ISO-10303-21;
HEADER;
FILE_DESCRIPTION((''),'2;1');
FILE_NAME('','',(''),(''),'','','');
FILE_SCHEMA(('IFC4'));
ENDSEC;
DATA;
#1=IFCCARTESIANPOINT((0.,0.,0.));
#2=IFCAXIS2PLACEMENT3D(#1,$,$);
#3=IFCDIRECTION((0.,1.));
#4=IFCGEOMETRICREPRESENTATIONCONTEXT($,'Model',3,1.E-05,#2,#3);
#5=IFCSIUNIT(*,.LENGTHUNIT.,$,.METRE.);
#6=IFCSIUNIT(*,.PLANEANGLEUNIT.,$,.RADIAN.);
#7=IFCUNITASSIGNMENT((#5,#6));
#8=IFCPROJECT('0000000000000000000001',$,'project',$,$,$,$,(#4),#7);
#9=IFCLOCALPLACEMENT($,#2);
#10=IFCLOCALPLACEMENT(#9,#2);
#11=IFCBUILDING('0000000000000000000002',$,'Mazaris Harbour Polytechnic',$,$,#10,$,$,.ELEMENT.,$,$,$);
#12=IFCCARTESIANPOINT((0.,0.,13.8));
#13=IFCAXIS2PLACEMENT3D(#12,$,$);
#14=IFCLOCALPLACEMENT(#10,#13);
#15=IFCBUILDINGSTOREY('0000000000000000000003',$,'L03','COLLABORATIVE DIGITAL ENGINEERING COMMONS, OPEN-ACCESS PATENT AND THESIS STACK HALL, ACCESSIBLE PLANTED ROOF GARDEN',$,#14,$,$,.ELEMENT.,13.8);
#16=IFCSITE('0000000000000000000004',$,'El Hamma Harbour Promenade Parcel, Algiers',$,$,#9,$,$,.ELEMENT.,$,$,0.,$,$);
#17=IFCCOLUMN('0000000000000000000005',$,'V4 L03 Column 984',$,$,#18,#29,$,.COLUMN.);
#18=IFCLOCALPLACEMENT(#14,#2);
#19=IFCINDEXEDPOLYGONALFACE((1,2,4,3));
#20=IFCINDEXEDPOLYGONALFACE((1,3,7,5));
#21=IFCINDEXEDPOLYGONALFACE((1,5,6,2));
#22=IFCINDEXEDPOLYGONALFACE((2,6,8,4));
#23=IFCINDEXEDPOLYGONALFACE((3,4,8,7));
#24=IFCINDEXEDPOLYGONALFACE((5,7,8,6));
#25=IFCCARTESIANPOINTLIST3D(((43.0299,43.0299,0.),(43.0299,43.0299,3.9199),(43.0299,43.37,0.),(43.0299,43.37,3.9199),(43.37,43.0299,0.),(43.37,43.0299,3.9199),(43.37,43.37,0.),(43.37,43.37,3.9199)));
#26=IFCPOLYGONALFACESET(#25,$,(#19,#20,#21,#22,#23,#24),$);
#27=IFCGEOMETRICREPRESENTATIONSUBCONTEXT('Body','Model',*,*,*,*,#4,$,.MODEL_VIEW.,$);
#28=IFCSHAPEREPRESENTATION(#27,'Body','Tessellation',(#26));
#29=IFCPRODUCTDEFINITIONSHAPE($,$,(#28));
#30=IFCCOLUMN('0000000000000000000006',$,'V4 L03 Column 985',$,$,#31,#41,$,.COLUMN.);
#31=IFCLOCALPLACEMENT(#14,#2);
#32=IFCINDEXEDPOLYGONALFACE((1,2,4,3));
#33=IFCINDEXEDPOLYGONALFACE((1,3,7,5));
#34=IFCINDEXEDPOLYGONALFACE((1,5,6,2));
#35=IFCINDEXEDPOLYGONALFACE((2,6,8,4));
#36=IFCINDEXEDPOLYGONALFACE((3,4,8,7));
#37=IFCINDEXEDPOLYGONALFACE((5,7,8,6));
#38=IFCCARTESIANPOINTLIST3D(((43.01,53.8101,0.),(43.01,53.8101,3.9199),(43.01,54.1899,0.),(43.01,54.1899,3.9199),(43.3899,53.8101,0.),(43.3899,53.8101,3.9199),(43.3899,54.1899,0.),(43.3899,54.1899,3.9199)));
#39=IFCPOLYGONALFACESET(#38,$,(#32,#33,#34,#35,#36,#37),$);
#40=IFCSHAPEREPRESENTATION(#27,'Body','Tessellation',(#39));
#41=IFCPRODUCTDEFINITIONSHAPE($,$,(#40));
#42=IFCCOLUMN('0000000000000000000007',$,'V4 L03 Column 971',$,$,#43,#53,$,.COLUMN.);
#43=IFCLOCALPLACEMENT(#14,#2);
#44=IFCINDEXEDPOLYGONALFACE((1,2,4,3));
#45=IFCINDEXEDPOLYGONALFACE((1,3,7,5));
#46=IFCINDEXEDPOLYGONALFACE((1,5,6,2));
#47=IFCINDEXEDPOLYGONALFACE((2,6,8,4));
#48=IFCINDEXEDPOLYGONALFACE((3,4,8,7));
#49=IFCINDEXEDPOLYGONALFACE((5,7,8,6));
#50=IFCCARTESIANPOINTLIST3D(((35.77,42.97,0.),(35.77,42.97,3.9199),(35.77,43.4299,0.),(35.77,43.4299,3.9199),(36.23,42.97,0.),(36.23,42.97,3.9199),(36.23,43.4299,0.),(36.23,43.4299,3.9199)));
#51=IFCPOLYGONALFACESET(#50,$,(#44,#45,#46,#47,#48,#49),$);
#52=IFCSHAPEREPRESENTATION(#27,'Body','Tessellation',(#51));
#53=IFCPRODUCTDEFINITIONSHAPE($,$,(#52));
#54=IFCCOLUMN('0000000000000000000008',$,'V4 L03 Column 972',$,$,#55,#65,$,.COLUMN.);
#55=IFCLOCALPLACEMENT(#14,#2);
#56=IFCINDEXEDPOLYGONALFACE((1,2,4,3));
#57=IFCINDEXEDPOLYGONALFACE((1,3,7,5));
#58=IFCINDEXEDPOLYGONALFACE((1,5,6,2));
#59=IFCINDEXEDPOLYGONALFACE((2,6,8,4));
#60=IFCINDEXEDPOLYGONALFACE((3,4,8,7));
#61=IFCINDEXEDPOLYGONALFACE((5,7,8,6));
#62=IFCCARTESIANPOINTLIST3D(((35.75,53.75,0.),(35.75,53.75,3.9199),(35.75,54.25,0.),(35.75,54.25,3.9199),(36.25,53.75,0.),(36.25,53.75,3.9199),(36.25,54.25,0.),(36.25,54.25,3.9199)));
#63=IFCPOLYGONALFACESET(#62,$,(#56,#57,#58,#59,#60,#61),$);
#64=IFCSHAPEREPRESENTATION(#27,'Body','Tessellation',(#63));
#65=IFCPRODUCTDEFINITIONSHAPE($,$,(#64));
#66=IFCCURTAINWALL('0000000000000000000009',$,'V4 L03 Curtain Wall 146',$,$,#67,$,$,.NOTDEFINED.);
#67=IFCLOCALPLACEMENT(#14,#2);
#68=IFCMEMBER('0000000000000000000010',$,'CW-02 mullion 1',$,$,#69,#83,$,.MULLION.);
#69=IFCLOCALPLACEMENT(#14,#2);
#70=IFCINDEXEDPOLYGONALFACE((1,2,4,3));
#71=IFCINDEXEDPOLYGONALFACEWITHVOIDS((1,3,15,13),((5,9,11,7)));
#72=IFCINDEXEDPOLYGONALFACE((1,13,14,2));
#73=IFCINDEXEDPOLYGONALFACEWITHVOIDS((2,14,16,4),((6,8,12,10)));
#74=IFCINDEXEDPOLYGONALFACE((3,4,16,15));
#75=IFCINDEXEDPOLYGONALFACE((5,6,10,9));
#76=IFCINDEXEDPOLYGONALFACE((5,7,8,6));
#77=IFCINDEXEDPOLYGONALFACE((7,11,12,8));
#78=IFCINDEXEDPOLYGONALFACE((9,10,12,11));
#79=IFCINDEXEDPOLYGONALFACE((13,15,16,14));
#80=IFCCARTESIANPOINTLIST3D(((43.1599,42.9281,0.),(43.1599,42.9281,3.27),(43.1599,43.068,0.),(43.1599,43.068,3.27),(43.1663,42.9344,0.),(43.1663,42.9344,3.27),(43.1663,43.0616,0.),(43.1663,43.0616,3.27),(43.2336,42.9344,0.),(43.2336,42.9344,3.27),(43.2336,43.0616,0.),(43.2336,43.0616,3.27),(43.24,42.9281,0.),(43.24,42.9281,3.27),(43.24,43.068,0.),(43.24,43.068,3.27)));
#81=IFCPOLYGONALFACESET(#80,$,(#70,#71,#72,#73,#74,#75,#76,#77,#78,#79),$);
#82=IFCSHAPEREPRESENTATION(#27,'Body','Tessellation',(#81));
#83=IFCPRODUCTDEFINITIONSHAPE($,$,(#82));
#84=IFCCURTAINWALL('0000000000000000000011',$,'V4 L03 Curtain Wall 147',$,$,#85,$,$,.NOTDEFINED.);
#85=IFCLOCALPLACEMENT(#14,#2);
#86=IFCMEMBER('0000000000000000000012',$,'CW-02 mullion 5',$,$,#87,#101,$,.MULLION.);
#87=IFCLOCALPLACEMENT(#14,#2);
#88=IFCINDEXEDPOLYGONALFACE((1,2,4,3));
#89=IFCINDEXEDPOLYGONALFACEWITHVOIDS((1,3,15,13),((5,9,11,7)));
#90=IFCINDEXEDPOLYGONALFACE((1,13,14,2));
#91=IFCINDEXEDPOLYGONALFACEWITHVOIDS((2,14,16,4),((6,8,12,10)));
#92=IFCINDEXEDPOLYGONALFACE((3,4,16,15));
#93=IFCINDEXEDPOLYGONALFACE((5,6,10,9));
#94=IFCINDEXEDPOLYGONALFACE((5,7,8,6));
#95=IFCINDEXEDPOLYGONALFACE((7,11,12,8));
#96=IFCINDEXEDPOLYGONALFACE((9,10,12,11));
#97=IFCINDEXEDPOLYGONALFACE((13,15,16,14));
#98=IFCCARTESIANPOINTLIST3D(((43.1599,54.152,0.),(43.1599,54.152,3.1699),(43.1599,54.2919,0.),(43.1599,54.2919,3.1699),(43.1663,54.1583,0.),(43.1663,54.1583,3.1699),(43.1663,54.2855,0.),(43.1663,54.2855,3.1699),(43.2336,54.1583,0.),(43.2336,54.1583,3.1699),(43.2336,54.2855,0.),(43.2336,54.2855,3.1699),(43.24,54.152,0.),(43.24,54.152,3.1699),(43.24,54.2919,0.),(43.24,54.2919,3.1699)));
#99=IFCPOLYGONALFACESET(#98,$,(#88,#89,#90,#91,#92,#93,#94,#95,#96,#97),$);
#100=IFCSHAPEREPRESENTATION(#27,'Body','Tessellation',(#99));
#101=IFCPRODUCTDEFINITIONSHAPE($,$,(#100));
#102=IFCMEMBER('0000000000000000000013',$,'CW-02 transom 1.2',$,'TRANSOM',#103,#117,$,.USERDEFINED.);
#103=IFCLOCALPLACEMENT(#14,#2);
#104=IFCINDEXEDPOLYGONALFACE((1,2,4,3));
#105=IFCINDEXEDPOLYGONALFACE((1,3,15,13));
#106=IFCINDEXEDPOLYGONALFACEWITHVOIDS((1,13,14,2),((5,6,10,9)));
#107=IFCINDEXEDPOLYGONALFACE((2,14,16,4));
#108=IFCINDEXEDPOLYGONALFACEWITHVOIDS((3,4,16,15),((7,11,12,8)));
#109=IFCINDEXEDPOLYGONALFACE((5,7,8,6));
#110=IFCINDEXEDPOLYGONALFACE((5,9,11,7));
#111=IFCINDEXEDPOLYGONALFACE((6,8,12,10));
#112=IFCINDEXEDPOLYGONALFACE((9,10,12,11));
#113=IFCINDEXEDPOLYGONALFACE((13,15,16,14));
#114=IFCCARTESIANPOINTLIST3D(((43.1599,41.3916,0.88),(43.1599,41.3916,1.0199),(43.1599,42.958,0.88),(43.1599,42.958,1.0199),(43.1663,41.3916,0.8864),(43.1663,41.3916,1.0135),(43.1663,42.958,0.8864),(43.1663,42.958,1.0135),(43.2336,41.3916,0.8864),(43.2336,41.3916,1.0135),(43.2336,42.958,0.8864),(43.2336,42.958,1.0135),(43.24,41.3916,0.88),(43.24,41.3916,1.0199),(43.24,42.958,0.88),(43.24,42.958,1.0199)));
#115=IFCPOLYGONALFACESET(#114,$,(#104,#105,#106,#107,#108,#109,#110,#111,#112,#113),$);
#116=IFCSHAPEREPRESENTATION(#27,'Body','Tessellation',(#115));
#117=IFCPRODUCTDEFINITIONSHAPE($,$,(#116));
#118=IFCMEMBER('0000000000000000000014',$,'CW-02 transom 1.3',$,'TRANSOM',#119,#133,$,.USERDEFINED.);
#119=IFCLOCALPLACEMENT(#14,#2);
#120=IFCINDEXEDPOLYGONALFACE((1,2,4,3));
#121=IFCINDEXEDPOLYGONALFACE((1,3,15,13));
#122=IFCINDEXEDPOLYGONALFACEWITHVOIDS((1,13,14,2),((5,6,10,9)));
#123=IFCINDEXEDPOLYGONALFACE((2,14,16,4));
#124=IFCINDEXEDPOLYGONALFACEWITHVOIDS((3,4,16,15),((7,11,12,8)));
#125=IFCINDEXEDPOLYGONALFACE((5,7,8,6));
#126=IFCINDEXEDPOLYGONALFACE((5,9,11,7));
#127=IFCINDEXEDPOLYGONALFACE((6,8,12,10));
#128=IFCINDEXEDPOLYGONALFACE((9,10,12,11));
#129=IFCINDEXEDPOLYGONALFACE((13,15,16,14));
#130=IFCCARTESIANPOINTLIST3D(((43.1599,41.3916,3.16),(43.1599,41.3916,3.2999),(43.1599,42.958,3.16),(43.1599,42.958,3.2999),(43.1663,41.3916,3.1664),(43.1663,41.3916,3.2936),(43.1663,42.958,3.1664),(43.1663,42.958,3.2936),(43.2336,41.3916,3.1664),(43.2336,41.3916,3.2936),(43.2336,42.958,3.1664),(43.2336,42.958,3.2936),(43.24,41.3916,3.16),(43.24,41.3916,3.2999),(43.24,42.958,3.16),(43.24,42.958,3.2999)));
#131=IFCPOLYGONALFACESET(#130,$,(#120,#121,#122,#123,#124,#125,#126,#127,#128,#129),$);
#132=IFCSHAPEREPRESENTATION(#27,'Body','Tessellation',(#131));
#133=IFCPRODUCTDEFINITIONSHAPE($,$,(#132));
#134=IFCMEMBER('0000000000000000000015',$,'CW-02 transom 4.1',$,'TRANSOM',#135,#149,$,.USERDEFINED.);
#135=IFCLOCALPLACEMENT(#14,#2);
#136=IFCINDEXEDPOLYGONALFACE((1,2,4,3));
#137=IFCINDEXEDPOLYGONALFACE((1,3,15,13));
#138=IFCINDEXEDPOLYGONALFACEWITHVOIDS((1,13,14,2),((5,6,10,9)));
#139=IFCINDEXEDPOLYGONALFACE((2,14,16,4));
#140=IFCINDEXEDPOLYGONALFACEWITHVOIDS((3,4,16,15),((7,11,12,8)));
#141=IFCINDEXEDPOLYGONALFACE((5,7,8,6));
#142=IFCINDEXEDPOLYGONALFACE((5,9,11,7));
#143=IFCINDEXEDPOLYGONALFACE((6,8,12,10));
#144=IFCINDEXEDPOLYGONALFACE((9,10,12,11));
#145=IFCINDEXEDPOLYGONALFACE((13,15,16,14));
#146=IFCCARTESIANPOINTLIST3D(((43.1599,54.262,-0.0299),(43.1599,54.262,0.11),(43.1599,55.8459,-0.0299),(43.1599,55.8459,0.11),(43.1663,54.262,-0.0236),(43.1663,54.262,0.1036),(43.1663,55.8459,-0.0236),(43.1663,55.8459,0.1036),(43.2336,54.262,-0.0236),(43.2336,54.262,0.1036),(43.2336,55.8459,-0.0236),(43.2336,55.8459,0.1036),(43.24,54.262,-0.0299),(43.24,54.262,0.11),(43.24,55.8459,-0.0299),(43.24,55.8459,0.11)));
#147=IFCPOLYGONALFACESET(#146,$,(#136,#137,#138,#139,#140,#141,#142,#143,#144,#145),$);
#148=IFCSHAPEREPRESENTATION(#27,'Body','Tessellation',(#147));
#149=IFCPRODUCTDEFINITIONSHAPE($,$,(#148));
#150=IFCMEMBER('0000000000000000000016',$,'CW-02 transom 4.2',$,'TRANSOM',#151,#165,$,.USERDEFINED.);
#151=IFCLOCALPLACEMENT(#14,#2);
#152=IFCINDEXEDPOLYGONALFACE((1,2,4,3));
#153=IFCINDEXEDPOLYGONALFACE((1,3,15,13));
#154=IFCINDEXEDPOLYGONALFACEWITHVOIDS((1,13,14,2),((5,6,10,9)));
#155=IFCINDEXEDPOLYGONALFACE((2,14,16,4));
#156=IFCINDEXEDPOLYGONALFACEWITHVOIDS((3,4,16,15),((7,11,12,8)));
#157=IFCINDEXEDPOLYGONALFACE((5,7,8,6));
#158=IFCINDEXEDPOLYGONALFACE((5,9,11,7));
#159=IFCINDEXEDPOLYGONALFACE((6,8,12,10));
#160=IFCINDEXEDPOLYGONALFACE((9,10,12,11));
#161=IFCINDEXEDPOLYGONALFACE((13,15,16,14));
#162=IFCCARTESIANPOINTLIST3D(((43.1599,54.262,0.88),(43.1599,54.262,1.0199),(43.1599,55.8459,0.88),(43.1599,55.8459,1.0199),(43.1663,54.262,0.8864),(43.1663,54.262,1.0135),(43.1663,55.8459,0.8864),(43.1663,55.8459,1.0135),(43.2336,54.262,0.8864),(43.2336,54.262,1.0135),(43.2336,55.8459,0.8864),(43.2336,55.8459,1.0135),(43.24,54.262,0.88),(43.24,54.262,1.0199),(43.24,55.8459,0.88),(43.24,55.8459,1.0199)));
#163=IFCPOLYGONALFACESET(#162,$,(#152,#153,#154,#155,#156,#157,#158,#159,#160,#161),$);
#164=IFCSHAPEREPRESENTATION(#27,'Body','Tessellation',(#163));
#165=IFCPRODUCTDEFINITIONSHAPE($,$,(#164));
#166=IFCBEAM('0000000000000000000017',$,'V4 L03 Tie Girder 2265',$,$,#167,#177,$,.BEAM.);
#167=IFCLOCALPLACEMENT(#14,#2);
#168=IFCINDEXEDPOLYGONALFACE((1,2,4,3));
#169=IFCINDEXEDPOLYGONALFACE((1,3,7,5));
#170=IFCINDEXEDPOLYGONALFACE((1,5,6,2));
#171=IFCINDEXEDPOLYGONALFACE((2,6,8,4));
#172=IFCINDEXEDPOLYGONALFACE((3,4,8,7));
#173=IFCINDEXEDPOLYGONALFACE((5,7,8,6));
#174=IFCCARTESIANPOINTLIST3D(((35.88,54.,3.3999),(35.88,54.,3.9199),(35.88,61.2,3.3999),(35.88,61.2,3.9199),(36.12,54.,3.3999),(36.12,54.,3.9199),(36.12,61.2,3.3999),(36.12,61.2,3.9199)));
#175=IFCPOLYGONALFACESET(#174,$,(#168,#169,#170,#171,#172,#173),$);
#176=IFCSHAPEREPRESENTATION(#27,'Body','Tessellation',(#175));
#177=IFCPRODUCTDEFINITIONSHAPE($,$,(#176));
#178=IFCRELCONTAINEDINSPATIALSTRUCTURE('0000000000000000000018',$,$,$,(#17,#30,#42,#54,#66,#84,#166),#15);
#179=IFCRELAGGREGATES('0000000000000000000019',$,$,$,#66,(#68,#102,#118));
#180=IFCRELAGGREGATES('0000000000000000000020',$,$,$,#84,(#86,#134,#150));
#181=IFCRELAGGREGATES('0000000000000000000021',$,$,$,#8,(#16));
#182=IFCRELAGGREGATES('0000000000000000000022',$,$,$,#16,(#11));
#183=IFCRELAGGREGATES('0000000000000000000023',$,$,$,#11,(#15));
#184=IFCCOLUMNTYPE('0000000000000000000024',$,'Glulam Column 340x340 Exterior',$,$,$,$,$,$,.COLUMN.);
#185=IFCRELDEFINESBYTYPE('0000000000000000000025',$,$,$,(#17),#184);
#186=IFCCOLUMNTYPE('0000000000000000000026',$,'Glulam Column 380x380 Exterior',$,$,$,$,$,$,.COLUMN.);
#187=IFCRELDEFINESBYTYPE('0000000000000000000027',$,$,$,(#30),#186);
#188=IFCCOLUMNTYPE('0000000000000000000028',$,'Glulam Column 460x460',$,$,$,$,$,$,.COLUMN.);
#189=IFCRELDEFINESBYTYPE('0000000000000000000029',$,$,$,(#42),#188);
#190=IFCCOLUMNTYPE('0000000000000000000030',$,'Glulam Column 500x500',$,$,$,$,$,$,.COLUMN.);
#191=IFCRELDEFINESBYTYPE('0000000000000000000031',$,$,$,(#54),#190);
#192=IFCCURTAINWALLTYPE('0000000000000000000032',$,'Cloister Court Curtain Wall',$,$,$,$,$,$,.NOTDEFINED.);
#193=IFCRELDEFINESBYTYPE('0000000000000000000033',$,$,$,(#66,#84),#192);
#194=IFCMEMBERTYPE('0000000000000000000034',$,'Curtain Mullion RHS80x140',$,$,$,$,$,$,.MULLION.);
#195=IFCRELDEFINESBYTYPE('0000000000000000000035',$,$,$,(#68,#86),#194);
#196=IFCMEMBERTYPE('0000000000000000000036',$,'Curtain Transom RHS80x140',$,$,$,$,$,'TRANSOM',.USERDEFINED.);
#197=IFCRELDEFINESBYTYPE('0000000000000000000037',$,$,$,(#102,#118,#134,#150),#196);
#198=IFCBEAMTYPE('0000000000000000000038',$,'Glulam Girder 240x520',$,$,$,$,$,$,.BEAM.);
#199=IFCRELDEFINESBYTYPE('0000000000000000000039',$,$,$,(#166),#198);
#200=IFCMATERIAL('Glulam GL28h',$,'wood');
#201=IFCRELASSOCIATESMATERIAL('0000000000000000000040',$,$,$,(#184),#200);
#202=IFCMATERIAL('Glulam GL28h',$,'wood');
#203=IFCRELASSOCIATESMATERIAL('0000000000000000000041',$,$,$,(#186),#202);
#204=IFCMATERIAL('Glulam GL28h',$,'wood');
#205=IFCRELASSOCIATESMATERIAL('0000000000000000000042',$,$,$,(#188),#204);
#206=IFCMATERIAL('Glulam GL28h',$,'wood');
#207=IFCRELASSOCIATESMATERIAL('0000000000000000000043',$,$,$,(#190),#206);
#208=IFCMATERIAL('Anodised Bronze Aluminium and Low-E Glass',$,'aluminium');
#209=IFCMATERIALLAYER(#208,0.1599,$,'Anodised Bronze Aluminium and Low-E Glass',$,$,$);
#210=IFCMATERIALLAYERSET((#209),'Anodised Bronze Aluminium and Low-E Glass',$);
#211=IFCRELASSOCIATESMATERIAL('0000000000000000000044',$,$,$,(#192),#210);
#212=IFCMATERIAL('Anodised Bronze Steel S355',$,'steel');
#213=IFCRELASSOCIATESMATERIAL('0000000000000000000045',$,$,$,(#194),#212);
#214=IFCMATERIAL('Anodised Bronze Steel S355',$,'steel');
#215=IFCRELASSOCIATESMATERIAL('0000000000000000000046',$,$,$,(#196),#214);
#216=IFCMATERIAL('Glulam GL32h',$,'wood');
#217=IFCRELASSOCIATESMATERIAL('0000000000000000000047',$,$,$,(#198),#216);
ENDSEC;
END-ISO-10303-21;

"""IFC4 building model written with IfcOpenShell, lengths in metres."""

from ifc_helpers import new_model, si_unit, direction, frame, origin, origin_2d, place, context, subcontext, project, spatial, rectangle, hollow_rectangle, extrude, material, layer, layer_set, material_profile, profile_set, type_object, element, aggregate, save


model = new_model("IFC4")

# Units and contexts
model_context = context("Model", 3, precision=1e-05, world=origin(), true_north=direction((0.0, 1.0)))
body_context = subcontext(model_context, "Body", "Model", "MODEL_VIEW")
ifc_project = project(units=[si_unit("LENGTHUNIT", "METRE"), si_unit("PLANEANGLEUNIT", "RADIAN")], contexts=[model_context])

# Site, building, storey
site_placement = place(None, origin())
site = spatial("IfcSite", under=ifc_project, at=site_placement, Name="El Hamma Harbour Promenade Parcel, Algiers", CompositionType="ELEMENT", RefElevation=0.0)
building_placement = place(site_placement, origin())
building = spatial("IfcBuilding", under=site, at=building_placement, Name="Mazaris Harbour Polytechnic", CompositionType="ELEMENT")
storey_placement = place(building_placement, frame((0.0, 0.0, 13.8)))
storey = spatial("IfcBuildingStorey", under=building, at=storey_placement, Name="L03", Description="COLLABORATIVE DIGITAL ENGINEERING COMMONS, OPEN-ACCESS PATENT AND THESIS STACK HALL, ACCESSIBLE PLANTED ROOF GARDEN", CompositionType="ELEMENT", Elevation=13.8)

# Columns
ifc_material_1 = material(Name="Glulam GL28h", Category="wood")
ifc_material_profile_1 = material_profile(ifc_material_1, rectangle(XDim=0.3401, YDim=0.3401, at=origin_2d()), Name="RECT340x340")
ifc_profile_set_1 = profile_set([ifc_material_profile_1], Name="Glulam GL28h")
column_type_1 = type_object("IfcColumnType", Name="Glulam Column 340x340 Exterior", PredefinedType="COLUMN", material=ifc_profile_set_1)
column_1_placement = place(storey_placement, frame((43.2, 43.2, 0.0), z_axis=(0.0, 0.0, 1.0), x_axis=(1.0, 0.0, 0.0)))
element("IfcColumn", 1, at=column_1_placement, inside=storey, type_object=column_type_1, Name="V4 L03 Column 984", PredefinedType="COLUMN", context=body_context, shape_type="SweptSolid", body=[
    extrude(rectangle(XDim=0.3401, YDim=0.3401, at=origin_2d()), origin(), (0.0, 0.0, 1.0), 3.9199),
])
ifc_material_2 = material(Name="Glulam GL28h", Category="wood")
ifc_material_profile_2 = material_profile(ifc_material_2, rectangle(XDim=0.3799, YDim=0.3799, at=origin_2d()), Name="RECT380x380")
ifc_profile_set_2 = profile_set([ifc_material_profile_2], Name="Glulam GL28h")
column_type_2 = type_object("IfcColumnType", Name="Glulam Column 380x380 Exterior", PredefinedType="COLUMN", material=ifc_profile_set_2)
column_2_placement = place(storey_placement, frame((43.2, 54.0, 0.0), z_axis=(0.0, 0.0, 1.0), x_axis=(1.0, 0.0, 0.0)))
element("IfcColumn", 2, at=column_2_placement, inside=storey, type_object=column_type_2, Name="V4 L03 Column 985", PredefinedType="COLUMN", context=body_context, shape_type="SweptSolid", body=[
    extrude(rectangle(XDim=0.3799, YDim=0.3799, at=origin_2d()), origin(), (0.0, 0.0, 1.0), 3.9199),
])
ifc_material_3 = material(Name="Glulam GL28h", Category="wood")
ifc_material_profile_3 = material_profile(ifc_material_3, rectangle(XDim=0.46, YDim=0.46, at=origin_2d()), Name="RECT460x460")
ifc_profile_set_3 = profile_set([ifc_material_profile_3], Name="Glulam GL28h")
column_type_3 = type_object("IfcColumnType", Name="Glulam Column 460x460", PredefinedType="COLUMN", material=ifc_profile_set_3)
column_3_placement = place(storey_placement, frame((36.0, 43.2, 0.0), z_axis=(0.0, 0.0, 1.0), x_axis=(1.0, 0.0, 0.0)))
element("IfcColumn", 3, at=column_3_placement, inside=storey, type_object=column_type_3, Name="V4 L03 Column 971", PredefinedType="COLUMN", context=body_context, shape_type="SweptSolid", body=[
    extrude(rectangle(XDim=0.46, YDim=0.46, at=origin_2d()), origin(), (0.0, 0.0, 1.0), 3.9199),
])
ifc_material_4 = material(Name="Glulam GL28h", Category="wood")
ifc_material_profile_4 = material_profile(ifc_material_4, rectangle(XDim=0.5, YDim=0.5, at=origin_2d()), Name="RECT500x500")
ifc_profile_set_4 = profile_set([ifc_material_profile_4], Name="Glulam GL28h")
column_type_4 = type_object("IfcColumnType", Name="Glulam Column 500x500", PredefinedType="COLUMN", material=ifc_profile_set_4)
column_4_placement = place(storey_placement, frame((36.0, 54.0, 0.0), z_axis=(0.0, 0.0, 1.0), x_axis=(1.0, 0.0, 0.0)))
element("IfcColumn", 4, at=column_4_placement, inside=storey, type_object=column_type_4, Name="V4 L03 Column 972", PredefinedType="COLUMN", context=body_context, shape_type="SweptSolid", body=[
    extrude(rectangle(XDim=0.5, YDim=0.5, at=origin_2d()), origin(), (0.0, 0.0, 1.0), 3.9199),
])

# Curtain walls, members
ifc_material_5 = material(Name="Anodised Bronze Aluminium and Low-E Glass", Category="aluminium")
ifc_layer_1 = layer(ifc_material_5, 0.1599, Name="Anodised Bronze Aluminium and Low-E Glass")
ifc_layer_set_1 = layer_set([ifc_layer_1], Name="Anodised Bronze Aluminium and Low-E Glass")
curtain_wall_type = type_object("IfcCurtainWallType", Name="Cloister Court Curtain Wall", PredefinedType="NOTDEFINED", material=ifc_layer_set_1)
curtain_wall_1_placement = place(storey_placement, origin())
curtain_wall_1 = element("IfcCurtainWall", 5, at=curtain_wall_1_placement, inside=storey, type_object=curtain_wall_type, Name="V4 L03 Curtain Wall 146", PredefinedType="NOTDEFINED")
ifc_material_6 = material(Name="Anodised Bronze Steel S355", Category="steel")
ifc_material_profile_5 = material_profile(ifc_material_6, hollow_rectangle(XDim=0.0801, YDim=0.1399, WallThickness=0.0063, at=origin_2d()), Name="RHS 80x140x6.3")
ifc_profile_set_5 = profile_set([ifc_material_profile_5], Name="Anodised Bronze Steel S355")
member_type_1 = type_object("IfcMemberType", Name="Curtain Mullion RHS80x140", PredefinedType="MULLION", material=ifc_profile_set_5)
member_1_placement = place(storey_placement, frame((43.2, 42.998, 0.0), z_axis=(0.0, 0.0, 1.0), x_axis=(1.0, 0.0, 0.0)))
member_1 = element("IfcMember", 6, at=member_1_placement, type_object=member_type_1, Name="CW-02 mullion 1", PredefinedType="MULLION", context=body_context, shape_type="SweptSolid", body=[
    extrude(hollow_rectangle(XDim=0.0801, YDim=0.1399, WallThickness=0.0063, at=origin_2d()), origin(), (0.0, 0.0, 1.0), 3.27),
])
curtain_wall_2_placement = place(storey_placement, origin())
curtain_wall_2 = element("IfcCurtainWall", 7, at=curtain_wall_2_placement, inside=storey, type_object=curtain_wall_type, Name="V4 L03 Curtain Wall 147", PredefinedType="NOTDEFINED")
member_2_placement = place(storey_placement, frame((43.2, 54.2219, 0.0), z_axis=(0.0, 0.0, 1.0), x_axis=(1.0, 0.0, 0.0)))
member_2 = element("IfcMember", 8, at=member_2_placement, type_object=member_type_1, Name="CW-02 mullion 5", PredefinedType="MULLION", context=body_context, shape_type="SweptSolid", body=[
    extrude(hollow_rectangle(XDim=0.0801, YDim=0.1399, WallThickness=0.0063, at=origin_2d()), origin(), (0.0, 0.0, 1.0), 3.1699),
])

# Members
ifc_material_7 = material(Name="Anodised Bronze Steel S355", Category="steel")
ifc_material_profile_6 = material_profile(ifc_material_7, hollow_rectangle(XDim=0.0801, YDim=0.1399, WallThickness=0.0063, at=origin_2d()), Name="RHS 80x140x6.3")
ifc_profile_set_6 = profile_set([ifc_material_profile_6], Name="Anodised Bronze Steel S355")
member_type_2 = type_object("IfcMemberType", Name="Curtain Transom RHS80x140", ElementType="TRANSOM", PredefinedType="USERDEFINED", material=ifc_profile_set_6)
member_3_placement = place(storey_placement, frame((43.2, 42.958, 0.95), z_axis=(0.0, -1.0, 0.0), x_axis=(1.0, 0.0, 0.0)))
member_3 = element("IfcMember", 9, at=member_3_placement, type_object=member_type_2, Name="CW-02 transom 1.2", ObjectType="TRANSOM", PredefinedType="USERDEFINED", context=body_context, shape_type="SweptSolid", body=[
    extrude(hollow_rectangle(XDim=0.0801, YDim=0.1399, WallThickness=0.0063, at=origin_2d()), origin(), (0.0, 0.0, 1.0), 1.5664),
])
member_4_placement = place(storey_placement, frame((43.2, 42.958, 3.23), z_axis=(0.0, -1.0, 0.0), x_axis=(1.0, 0.0, 0.0)))
member_4 = element("IfcMember", 10, at=member_4_placement, type_object=member_type_2, Name="CW-02 transom 1.3", ObjectType="TRANSOM", PredefinedType="USERDEFINED", context=body_context, shape_type="SweptSolid", body=[
    extrude(hollow_rectangle(XDim=0.0801, YDim=0.1399, WallThickness=0.0063, at=origin_2d()), origin(), (0.0, 0.0, 1.0), 1.5664),
])
aggregate(curtain_wall_1, [member_1, member_3, member_4])
member_5_placement = place(storey_placement, frame((43.2, 55.8459, 0.04), z_axis=(0.0, -1.0, 0.0), x_axis=(1.0, 0.0, 0.0)))
member_5 = element("IfcMember", 11, at=member_5_placement, type_object=member_type_2, Name="CW-02 transom 4.1", ObjectType="TRANSOM", PredefinedType="USERDEFINED", context=body_context, shape_type="SweptSolid", body=[
    extrude(hollow_rectangle(XDim=0.0801, YDim=0.1399, WallThickness=0.0063, at=origin_2d()), origin(), (0.0, 0.0, 1.0), 1.584),
])
member_6_placement = place(storey_placement, frame((43.2, 55.8459, 0.95), z_axis=(0.0, -1.0, 0.0), x_axis=(1.0, 0.0, 0.0)))
member_6 = element("IfcMember", 12, at=member_6_placement, type_object=member_type_2, Name="CW-02 transom 4.2", ObjectType="TRANSOM", PredefinedType="USERDEFINED", context=body_context, shape_type="SweptSolid", body=[
    extrude(hollow_rectangle(XDim=0.0801, YDim=0.1399, WallThickness=0.0063, at=origin_2d()), origin(), (0.0, 0.0, 1.0), 1.584),
])

# Beam
ifc_material_8 = material(Name="Glulam GL32h", Category="wood")
ifc_material_profile_7 = material_profile(ifc_material_8, rectangle(XDim=0.24, YDim=0.52, at=origin_2d()), Name="RECT240x520")
ifc_profile_set_7 = profile_set([ifc_material_profile_7], Name="Glulam GL32h")
beam_type_1 = type_object("IfcBeamType", Name="Glulam Girder 240x520", PredefinedType="BEAM", material=ifc_profile_set_7)
beam_1_placement = place(storey_placement, frame((36.0, 54.0, 3.6599), z_axis=(0.0, 1.0, 0.0), x_axis=(-1.0, 0.0, 0.0)))
element("IfcBeam", 13, at=beam_1_placement, inside=storey, type_object=beam_type_1, Name="V4 L03 Tie Girder 2265", PredefinedType="BEAM", context=body_context, shape_type="SweptSolid", body=[
    extrude(rectangle(XDim=0.24, YDim=0.52, at=origin_2d()), origin(), (0.0, 0.0, 1.0), 7.2),
])

aggregate(curtain_wall_2, [member_2, member_5, member_6])

save(model, "model.ifc")
